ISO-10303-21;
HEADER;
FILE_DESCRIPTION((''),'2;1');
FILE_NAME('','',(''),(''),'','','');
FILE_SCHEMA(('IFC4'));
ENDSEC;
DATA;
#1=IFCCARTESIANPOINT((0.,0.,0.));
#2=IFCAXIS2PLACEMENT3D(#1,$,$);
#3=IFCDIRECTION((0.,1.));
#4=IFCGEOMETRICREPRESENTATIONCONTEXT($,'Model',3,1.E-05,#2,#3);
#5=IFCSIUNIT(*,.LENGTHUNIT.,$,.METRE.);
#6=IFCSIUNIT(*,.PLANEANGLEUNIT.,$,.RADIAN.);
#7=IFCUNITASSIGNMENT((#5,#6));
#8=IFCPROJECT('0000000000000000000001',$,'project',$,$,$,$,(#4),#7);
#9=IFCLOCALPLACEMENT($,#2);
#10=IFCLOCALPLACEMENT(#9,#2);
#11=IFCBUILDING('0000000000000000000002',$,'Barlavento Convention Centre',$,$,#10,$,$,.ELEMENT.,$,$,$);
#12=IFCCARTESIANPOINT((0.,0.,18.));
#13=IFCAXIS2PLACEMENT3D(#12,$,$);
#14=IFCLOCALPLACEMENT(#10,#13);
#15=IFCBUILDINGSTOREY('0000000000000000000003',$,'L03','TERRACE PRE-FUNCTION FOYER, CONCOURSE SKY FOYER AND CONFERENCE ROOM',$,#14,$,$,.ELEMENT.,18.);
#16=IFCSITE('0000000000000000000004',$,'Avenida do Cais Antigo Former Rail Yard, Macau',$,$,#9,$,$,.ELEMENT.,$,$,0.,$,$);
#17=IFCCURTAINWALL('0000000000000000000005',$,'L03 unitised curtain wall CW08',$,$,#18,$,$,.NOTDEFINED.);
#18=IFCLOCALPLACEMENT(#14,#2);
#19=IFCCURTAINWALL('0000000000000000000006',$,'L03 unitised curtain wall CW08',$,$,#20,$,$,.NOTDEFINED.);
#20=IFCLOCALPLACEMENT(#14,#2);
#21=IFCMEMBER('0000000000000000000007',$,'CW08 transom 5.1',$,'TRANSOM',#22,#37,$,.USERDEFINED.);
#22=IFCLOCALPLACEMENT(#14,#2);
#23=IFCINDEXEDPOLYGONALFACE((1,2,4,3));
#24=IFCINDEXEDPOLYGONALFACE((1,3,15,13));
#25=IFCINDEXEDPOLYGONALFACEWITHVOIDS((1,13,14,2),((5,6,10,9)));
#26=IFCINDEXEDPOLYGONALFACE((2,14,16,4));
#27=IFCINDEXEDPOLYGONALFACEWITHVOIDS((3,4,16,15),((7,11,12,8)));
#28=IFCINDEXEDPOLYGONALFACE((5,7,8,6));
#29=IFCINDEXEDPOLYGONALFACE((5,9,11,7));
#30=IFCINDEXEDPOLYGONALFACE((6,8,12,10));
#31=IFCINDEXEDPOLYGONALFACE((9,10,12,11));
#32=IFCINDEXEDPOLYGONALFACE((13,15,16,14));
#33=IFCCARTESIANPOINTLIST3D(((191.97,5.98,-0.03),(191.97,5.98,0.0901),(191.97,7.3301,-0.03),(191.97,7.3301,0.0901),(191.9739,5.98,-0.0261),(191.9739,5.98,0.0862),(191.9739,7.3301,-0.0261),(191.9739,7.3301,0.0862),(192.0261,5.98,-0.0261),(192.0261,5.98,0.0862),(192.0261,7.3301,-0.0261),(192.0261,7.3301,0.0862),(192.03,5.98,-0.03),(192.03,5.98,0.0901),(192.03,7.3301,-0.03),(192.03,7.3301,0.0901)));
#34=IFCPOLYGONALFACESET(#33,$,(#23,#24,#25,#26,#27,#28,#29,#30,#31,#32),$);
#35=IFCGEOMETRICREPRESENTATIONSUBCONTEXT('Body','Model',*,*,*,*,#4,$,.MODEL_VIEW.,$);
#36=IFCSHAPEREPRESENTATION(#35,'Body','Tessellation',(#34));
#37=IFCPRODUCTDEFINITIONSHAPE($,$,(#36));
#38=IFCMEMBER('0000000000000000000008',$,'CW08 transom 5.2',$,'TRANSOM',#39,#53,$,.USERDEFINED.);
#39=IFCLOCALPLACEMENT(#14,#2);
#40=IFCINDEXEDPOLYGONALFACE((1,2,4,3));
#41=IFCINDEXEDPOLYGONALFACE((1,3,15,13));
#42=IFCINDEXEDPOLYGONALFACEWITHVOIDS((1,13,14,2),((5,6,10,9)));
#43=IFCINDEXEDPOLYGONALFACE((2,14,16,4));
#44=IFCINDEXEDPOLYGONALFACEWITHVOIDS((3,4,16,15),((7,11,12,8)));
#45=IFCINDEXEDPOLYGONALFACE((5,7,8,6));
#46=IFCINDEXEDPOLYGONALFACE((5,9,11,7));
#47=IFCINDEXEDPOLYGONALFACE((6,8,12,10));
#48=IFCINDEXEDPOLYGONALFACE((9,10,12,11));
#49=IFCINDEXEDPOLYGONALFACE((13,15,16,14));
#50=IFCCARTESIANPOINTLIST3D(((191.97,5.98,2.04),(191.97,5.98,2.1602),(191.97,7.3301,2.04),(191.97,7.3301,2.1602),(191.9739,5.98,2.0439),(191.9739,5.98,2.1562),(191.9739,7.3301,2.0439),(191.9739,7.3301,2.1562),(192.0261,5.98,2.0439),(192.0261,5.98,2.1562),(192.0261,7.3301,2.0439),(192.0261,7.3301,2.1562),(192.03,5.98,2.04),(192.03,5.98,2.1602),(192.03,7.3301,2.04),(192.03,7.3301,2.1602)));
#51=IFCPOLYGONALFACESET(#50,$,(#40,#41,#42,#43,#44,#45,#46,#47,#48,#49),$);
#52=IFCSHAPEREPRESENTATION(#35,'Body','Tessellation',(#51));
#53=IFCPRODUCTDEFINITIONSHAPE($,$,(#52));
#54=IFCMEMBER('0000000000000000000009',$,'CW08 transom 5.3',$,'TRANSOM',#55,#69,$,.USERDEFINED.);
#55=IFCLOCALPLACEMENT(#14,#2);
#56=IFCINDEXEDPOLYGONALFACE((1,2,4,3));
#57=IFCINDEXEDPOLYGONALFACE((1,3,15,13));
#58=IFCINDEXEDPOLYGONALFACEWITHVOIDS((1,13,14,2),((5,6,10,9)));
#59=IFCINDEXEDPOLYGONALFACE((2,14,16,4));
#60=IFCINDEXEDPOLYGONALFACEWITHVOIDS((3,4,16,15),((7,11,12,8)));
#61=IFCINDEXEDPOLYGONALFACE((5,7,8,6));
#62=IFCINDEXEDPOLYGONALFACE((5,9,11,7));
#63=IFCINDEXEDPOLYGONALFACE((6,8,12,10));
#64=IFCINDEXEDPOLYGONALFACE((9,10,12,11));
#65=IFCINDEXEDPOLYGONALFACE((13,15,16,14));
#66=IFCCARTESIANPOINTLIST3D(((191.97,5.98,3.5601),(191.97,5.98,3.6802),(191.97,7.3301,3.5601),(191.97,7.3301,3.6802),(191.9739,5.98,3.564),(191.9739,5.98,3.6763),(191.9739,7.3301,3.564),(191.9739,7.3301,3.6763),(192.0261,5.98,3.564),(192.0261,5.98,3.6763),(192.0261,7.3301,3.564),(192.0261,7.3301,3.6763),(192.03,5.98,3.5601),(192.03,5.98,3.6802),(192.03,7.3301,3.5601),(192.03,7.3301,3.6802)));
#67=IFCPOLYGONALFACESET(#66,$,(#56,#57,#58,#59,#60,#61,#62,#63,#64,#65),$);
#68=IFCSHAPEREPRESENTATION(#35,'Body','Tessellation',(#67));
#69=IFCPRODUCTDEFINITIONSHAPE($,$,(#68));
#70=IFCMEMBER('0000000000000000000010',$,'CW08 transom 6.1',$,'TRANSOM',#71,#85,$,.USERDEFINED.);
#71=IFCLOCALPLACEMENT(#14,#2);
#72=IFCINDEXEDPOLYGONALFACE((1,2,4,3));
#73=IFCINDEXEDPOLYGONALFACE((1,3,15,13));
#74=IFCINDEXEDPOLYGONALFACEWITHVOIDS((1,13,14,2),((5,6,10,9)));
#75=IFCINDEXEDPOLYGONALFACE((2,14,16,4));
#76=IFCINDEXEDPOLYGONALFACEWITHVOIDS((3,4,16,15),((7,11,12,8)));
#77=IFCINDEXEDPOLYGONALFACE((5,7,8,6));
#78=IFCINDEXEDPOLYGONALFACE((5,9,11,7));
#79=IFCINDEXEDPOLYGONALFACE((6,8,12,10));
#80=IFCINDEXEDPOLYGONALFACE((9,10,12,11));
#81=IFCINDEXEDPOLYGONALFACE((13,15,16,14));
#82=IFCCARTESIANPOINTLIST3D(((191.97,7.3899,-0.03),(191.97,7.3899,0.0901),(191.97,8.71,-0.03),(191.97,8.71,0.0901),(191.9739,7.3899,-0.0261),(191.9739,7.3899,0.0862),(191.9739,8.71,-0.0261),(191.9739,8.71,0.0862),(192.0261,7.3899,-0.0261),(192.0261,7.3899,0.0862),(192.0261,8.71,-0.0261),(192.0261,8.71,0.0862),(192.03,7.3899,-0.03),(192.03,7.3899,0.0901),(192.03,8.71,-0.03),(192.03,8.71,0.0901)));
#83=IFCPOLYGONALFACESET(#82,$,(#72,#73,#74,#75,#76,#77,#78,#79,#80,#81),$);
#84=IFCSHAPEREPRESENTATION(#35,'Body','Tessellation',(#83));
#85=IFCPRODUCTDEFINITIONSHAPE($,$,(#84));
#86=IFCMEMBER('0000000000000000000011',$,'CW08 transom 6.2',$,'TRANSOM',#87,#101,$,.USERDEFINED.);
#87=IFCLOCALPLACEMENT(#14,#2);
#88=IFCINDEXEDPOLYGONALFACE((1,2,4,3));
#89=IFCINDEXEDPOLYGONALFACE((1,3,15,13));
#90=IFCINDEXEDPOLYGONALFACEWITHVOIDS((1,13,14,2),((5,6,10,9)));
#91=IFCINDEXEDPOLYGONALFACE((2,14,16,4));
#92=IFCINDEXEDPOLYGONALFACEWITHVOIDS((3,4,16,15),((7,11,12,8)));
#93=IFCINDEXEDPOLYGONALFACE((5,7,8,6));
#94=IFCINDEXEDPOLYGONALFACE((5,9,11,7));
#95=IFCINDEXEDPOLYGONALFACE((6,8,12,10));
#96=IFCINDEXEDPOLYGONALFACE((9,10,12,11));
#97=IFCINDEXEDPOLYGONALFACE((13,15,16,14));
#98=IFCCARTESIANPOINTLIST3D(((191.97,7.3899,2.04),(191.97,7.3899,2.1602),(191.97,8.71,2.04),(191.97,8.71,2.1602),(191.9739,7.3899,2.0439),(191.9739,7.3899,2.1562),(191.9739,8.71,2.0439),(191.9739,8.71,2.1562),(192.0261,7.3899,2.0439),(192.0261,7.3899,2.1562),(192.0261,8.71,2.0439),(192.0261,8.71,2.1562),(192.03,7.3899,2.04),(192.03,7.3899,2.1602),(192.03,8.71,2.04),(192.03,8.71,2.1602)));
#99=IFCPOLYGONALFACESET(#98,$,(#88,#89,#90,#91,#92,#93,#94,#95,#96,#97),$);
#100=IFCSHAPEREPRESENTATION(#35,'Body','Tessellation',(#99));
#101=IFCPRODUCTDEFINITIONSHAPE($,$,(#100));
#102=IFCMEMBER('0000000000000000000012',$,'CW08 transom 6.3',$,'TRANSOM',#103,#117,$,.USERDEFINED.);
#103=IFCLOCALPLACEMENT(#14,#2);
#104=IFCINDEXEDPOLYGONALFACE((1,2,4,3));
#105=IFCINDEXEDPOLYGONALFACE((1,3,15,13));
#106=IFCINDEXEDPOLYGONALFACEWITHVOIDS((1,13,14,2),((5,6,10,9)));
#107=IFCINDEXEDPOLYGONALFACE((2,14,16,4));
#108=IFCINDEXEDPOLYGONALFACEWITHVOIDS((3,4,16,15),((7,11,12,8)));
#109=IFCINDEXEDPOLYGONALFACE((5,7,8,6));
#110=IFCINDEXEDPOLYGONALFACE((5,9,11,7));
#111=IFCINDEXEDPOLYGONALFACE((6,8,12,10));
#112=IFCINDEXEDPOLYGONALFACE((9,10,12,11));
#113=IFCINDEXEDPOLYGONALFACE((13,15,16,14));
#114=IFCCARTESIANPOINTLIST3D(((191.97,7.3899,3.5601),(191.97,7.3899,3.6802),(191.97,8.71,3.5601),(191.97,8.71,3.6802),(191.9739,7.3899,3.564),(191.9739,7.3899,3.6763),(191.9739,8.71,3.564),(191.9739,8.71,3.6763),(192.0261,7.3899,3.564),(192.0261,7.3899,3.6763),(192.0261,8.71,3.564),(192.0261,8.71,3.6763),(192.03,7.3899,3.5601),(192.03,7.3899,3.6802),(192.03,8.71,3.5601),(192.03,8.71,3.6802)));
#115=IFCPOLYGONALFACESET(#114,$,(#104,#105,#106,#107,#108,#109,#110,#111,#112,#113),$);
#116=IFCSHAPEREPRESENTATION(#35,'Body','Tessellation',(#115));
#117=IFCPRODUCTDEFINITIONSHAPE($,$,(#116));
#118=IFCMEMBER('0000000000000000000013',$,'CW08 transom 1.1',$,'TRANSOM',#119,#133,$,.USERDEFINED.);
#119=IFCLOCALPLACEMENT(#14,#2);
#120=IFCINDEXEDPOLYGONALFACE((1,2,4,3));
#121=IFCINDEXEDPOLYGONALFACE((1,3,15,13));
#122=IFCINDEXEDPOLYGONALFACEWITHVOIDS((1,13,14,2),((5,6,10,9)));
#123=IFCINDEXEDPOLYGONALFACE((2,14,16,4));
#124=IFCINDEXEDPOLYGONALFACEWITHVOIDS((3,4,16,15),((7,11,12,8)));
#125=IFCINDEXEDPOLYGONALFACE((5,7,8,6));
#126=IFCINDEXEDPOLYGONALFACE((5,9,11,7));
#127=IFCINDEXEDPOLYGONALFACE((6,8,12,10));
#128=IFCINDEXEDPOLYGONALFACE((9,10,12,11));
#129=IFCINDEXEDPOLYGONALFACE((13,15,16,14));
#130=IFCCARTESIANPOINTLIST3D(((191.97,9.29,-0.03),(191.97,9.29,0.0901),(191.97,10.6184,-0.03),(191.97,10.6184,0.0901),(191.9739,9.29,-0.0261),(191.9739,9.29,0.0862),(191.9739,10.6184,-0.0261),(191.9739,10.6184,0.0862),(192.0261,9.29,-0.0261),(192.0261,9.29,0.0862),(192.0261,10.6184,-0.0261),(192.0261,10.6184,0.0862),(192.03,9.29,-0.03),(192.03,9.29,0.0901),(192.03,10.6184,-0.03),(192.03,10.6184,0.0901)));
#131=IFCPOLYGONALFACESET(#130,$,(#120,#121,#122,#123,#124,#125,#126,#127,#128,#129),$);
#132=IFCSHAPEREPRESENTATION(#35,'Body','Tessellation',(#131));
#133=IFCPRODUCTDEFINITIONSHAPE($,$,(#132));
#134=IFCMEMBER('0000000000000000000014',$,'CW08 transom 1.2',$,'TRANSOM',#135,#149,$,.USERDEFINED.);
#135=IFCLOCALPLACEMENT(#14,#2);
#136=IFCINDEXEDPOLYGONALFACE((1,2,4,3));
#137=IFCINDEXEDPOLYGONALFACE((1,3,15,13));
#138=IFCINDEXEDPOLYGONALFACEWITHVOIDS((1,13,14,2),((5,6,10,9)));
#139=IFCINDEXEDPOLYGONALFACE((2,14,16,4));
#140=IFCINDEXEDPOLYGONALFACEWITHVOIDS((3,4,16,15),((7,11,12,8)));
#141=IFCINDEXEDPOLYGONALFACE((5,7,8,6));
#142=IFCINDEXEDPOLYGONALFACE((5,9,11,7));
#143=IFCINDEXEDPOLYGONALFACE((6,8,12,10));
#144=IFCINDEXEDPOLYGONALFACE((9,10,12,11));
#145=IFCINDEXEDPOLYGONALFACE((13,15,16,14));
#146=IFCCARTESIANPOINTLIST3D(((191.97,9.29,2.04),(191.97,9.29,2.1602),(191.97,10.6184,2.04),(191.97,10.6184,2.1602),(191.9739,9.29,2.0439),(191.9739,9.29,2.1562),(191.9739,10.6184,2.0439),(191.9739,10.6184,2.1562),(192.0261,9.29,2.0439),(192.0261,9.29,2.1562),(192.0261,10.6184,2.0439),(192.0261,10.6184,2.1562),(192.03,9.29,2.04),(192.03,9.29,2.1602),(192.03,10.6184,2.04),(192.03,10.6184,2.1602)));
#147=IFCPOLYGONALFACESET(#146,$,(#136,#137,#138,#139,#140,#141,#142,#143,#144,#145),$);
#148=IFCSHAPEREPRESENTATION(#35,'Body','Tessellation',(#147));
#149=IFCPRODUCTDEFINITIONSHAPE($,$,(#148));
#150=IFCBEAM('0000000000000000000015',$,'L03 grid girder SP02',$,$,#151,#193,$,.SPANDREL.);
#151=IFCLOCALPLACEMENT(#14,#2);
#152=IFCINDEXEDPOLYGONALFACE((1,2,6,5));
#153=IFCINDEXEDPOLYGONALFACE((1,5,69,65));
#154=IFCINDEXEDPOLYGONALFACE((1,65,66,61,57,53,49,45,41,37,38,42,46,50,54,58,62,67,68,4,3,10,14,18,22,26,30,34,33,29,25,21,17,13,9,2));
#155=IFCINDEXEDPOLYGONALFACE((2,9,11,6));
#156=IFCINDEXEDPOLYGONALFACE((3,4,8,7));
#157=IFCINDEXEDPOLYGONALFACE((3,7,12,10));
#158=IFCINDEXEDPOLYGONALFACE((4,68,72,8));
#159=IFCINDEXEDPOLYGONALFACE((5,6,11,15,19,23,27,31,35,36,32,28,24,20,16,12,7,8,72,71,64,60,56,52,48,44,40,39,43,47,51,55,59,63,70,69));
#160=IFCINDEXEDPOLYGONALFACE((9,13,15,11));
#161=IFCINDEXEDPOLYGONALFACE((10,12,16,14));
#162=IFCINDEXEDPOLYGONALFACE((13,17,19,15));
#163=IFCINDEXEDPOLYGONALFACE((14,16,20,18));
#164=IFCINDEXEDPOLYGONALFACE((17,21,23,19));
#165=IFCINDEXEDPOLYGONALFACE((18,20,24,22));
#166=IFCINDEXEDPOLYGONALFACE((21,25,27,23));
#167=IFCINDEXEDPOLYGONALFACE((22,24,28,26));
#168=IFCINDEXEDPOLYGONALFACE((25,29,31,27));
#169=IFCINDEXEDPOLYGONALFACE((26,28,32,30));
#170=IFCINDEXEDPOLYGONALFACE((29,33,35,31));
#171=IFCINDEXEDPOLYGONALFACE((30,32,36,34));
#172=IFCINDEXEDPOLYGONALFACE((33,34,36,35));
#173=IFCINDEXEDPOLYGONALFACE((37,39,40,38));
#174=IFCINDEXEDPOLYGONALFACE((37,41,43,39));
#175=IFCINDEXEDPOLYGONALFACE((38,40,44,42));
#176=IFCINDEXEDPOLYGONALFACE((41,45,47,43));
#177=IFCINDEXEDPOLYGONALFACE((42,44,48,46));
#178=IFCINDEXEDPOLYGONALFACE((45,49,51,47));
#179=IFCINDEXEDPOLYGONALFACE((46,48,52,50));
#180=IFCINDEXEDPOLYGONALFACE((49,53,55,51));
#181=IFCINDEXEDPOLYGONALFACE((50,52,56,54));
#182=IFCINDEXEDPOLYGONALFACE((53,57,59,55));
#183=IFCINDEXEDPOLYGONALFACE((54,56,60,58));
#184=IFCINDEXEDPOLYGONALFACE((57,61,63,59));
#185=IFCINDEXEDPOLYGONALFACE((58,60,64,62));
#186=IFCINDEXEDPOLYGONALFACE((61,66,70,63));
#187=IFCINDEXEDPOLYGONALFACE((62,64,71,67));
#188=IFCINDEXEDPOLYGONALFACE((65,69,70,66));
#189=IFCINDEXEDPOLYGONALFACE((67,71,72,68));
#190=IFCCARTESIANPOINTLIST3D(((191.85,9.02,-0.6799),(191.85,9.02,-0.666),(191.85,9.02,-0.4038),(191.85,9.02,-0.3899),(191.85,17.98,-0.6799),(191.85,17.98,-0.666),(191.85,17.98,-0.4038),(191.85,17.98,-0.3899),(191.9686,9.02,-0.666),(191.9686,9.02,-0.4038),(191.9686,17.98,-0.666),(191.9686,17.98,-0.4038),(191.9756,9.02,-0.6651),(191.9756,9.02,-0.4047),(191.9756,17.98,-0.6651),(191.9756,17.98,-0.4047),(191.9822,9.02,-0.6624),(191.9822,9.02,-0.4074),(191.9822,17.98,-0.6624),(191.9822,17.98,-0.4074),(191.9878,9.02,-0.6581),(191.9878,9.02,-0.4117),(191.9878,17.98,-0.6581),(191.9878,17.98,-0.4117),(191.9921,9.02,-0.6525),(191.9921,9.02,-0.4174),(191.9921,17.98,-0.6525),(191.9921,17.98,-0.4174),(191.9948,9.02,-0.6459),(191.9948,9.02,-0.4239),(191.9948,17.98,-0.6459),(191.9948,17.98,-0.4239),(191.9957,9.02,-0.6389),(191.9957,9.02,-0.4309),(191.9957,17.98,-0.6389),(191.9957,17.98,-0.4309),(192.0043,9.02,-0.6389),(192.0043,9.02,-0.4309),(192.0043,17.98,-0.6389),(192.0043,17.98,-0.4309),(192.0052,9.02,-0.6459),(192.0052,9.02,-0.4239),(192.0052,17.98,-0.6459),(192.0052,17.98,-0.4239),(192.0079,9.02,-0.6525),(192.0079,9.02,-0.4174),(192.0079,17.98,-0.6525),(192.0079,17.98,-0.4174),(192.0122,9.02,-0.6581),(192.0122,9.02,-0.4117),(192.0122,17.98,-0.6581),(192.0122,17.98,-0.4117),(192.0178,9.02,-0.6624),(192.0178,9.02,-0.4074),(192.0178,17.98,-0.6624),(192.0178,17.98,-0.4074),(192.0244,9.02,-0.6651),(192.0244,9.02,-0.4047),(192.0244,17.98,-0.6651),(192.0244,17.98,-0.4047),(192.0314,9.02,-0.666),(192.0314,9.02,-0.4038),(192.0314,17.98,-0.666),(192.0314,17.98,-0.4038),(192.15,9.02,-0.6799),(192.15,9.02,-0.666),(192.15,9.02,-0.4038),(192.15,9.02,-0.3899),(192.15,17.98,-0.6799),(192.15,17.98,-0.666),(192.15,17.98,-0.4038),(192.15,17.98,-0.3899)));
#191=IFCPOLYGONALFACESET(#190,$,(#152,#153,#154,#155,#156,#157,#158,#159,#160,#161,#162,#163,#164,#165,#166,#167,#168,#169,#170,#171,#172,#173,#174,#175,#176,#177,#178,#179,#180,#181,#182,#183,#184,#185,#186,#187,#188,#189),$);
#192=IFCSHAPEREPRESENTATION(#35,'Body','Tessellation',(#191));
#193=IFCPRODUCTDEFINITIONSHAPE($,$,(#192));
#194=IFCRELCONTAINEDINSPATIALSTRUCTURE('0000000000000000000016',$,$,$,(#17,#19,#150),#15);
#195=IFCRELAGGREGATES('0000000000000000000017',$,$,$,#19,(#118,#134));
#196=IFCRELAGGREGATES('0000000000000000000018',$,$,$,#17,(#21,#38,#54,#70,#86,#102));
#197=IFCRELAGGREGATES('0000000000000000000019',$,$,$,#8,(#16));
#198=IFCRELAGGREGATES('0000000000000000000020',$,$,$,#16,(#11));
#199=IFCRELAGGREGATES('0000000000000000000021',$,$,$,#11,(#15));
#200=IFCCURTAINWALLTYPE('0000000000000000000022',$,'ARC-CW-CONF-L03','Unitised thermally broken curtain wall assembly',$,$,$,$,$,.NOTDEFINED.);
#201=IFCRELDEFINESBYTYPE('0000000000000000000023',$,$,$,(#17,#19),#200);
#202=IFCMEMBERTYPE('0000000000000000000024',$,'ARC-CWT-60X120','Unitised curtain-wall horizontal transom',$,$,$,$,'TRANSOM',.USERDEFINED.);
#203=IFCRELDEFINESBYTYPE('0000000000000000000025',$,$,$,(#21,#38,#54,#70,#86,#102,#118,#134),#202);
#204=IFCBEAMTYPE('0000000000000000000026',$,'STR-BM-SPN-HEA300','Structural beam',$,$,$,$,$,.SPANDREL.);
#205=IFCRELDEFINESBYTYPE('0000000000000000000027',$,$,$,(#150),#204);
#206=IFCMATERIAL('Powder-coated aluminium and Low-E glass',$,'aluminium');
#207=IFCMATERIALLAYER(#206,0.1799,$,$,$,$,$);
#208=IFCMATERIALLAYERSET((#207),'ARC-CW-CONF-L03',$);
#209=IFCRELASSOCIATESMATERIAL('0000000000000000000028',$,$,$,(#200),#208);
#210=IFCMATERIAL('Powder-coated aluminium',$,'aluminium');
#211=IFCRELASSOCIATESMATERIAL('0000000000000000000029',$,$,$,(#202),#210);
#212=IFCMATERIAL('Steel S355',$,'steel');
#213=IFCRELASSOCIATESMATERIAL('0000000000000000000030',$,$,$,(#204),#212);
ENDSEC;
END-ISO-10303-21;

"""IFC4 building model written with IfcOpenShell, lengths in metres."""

from ifc_helpers import new_model, si_unit, direction, frame, origin, origin_2d, place, context, subcontext, project, spatial, hollow_rectangle, i_section, extrude, material, layer, layer_set, material_profile, profile_set, type_object, element, aggregate, save


model = new_model("IFC4")

# Units and contexts
model_context = context("Model", 3, precision=1e-05, world=origin(), true_north=direction((0.0, 1.0)))
body_context = subcontext(model_context, "Body", "Model", "MODEL_VIEW")
ifc_project = project(units=[si_unit("LENGTHUNIT", "METRE"), si_unit("PLANEANGLEUNIT", "RADIAN")], contexts=[model_context])

# Site, building, storey
site_placement = place(None, origin())
site = spatial("IfcSite", under=ifc_project, at=site_placement, Name="Avenida do Cais Antigo Former Rail Yard, Macau", CompositionType="ELEMENT", RefElevation=0.0)
building_placement = place(site_placement, origin())
building = spatial("IfcBuilding", under=site, at=building_placement, Name="Barlavento Convention Centre", CompositionType="ELEMENT")
storey_placement = place(building_placement, frame((0.0, 0.0, 18.0)))
storey = spatial("IfcBuildingStorey", under=building, at=storey_placement, Name="L03", Description="TERRACE PRE-FUNCTION FOYER, CONCOURSE SKY FOYER AND CONFERENCE ROOM", CompositionType="ELEMENT", Elevation=18.0)

# Shared definitions
ifc_material_1 = material(Name="Steel S355", Category="steel")

# Curtain wall
ifc_material_2 = material(Name="Powder-coated aluminium and Low-E glass", Category="aluminium")
ifc_layer_1 = layer(ifc_material_2, 0.1799)
ifc_layer_set_1 = layer_set([ifc_layer_1], Name="ARC-CW-CONF-L03")
curtain_wall_type = type_object("IfcCurtainWallType", Name="ARC-CW-CONF-L03", Description="Unitised thermally broken curtain wall assembly", PredefinedType="NOTDEFINED", material=ifc_layer_set_1)
curtain_wall_1_placement = place(storey_placement, origin())
curtain_wall_1 = element("IfcCurtainWall", 1, at=curtain_wall_1_placement, inside=storey, type_object=curtain_wall_type, Name="L03 unitised curtain wall CW08", PredefinedType="NOTDEFINED")
ifc_material_3 = material(Name="Powder-coated aluminium", Category="aluminium")

# Curtain wall
curtain_wall_2_placement = place(storey_placement, origin())
curtain_wall_2 = element("IfcCurtainWall", 2, at=curtain_wall_2_placement, inside=storey, type_object=curtain_wall_type, Name="L03 unitised curtain wall CW08", PredefinedType="NOTDEFINED")

# Members
ifc_material_profile_1 = material_profile(ifc_material_3, hollow_rectangle(XDim=0.0601, YDim=0.1201, WallThickness=0.0039, at=origin_2d()), Name="AL-TRAN 60x120x4")
ifc_profile_set_1 = profile_set([ifc_material_profile_1], Name="Powder-coated aluminium")
member_type_1 = type_object("IfcMemberType", Name="ARC-CWT-60X120", Description="Unitised curtain-wall horizontal transom", ElementType="TRANSOM", PredefinedType="USERDEFINED", material=ifc_profile_set_1)
member_1_placement = place(storey_placement, frame((192.0, 5.98, 0.03), z_axis=(0.0, 1.0, 0.0), x_axis=(-1.0, 0.0, 0.0)))
member_1 = element("IfcMember", 3, at=member_1_placement, type_object=member_type_1, Name="CW08 transom 5.1", ObjectType="TRANSOM", PredefinedType="USERDEFINED", context=body_context, shape_type="SweptSolid", body=[
    extrude(hollow_rectangle(XDim=0.0601, YDim=0.1201, WallThickness=0.0039, at=origin_2d()), origin(), (0.0, 0.0, 1.0), 1.3501),
])
member_2_placement = place(storey_placement, frame((192.0, 5.98, 2.1001), z_axis=(0.0, 1.0, 0.0), x_axis=(-1.0, 0.0, 0.0)))
member_2 = element("IfcMember", 4, at=member_2_placement, type_object=member_type_1, Name="CW08 transom 5.2", ObjectType="TRANSOM", PredefinedType="USERDEFINED", context=body_context, shape_type="SweptSolid", body=[
    extrude(hollow_rectangle(XDim=0.0601, YDim=0.1201, WallThickness=0.0039, at=origin_2d()), origin(), (0.0, 0.0, 1.0), 1.3501),
])
member_3_placement = place(storey_placement, frame((192.0, 5.98, 3.6201), z_axis=(0.0, 1.0, 0.0), x_axis=(-1.0, 0.0, 0.0)))
member_3 = element("IfcMember", 5, at=member_3_placement, type_object=member_type_1, Name="CW08 transom 5.3", ObjectType="TRANSOM", PredefinedType="USERDEFINED", context=body_context, shape_type="SweptSolid", body=[
    extrude(hollow_rectangle(XDim=0.0601, YDim=0.1201, WallThickness=0.0039, at=origin_2d()), origin(), (0.0, 0.0, 1.0), 1.3501),
])
member_4_placement = place(storey_placement, frame((192.0, 7.3899, 0.03), z_axis=(0.0, 1.0, 0.0), x_axis=(-1.0, 0.0, 0.0)))
member_4 = element("IfcMember", 6, at=member_4_placement, type_object=member_type_1, Name="CW08 transom 6.1", ObjectType="TRANSOM", PredefinedType="USERDEFINED", context=body_context, shape_type="SweptSolid", body=[
    extrude(hollow_rectangle(XDim=0.0601, YDim=0.1201, WallThickness=0.0039, at=origin_2d()), origin(), (0.0, 0.0, 1.0), 1.3201),
])
member_5_placement = place(storey_placement, frame((192.0, 7.3899, 2.1001), z_axis=(0.0, 1.0, 0.0), x_axis=(-1.0, 0.0, 0.0)))
member_5 = element("IfcMember", 7, at=member_5_placement, type_object=member_type_1, Name="CW08 transom 6.2", ObjectType="TRANSOM", PredefinedType="USERDEFINED", context=body_context, shape_type="SweptSolid", body=[
    extrude(hollow_rectangle(XDim=0.0601, YDim=0.1201, WallThickness=0.0039, at=origin_2d()), origin(), (0.0, 0.0, 1.0), 1.3201),
])
member_6_placement = place(storey_placement, frame((192.0, 7.3899, 3.6201), z_axis=(0.0, 1.0, 0.0), x_axis=(-1.0, 0.0, 0.0)))
member_6 = element("IfcMember", 8, at=member_6_placement, type_object=member_type_1, Name="CW08 transom 6.3", ObjectType="TRANSOM", PredefinedType="USERDEFINED", context=body_context, shape_type="SweptSolid", body=[
    extrude(hollow_rectangle(XDim=0.0601, YDim=0.1201, WallThickness=0.0039, at=origin_2d()), origin(), (0.0, 0.0, 1.0), 1.3201),
])
member_7_placement = place(storey_placement, frame((192.0, 9.29, 0.03), z_axis=(0.0, 1.0, 0.0), x_axis=(-1.0, 0.0, 0.0)))
member_7 = element("IfcMember", 9, at=member_7_placement, type_object=member_type_1, Name="CW08 transom 1.1", ObjectType="TRANSOM", PredefinedType="USERDEFINED", context=body_context, shape_type="SweptSolid", body=[
    extrude(hollow_rectangle(XDim=0.0601, YDim=0.1201, WallThickness=0.0039, at=origin_2d()), origin(), (0.0, 0.0, 1.0), 1.3284),
])
member_8_placement = place(storey_placement, frame((192.0, 9.29, 2.1001), z_axis=(0.0, 1.0, 0.0), x_axis=(-1.0, 0.0, 0.0)))
member_8 = element("IfcMember", 10, at=member_8_placement, type_object=member_type_1, Name="CW08 transom 1.2", ObjectType="TRANSOM", PredefinedType="USERDEFINED", context=body_context, shape_type="SweptSolid", body=[
    extrude(hollow_rectangle(XDim=0.0601, YDim=0.1201, WallThickness=0.0039, at=origin_2d()), origin(), (0.0, 0.0, 1.0), 1.3284),
])
aggregate(curtain_wall_2, [member_7, member_8])

# Beam
ifc_material_profile_2 = material_profile(ifc_material_1, i_section(OverallWidth=0.3, OverallDepth=0.29, WebThickness=0.0085, FlangeThickness=0.0139, FilletRadius=0.0271, at=origin_2d()), Name="HEA 300")
ifc_profile_set_2 = profile_set([ifc_material_profile_2], Name="Steel S355")
beam_type = type_object("IfcBeamType", Name="STR-BM-SPN-HEA300", Description="Structural beam", PredefinedType="SPANDREL", material=ifc_profile_set_2)
beam_placement = place(storey_placement, frame((192.0, 9.02, -0.5349), z_axis=(0.0, 1.0, 0.0), x_axis=(-1.0, 0.0, 0.0)))
element("IfcBeam", 11, at=beam_placement, inside=storey, type_object=beam_type, Name="L03 grid girder SP02", PredefinedType="SPANDREL", context=body_context, shape_type="SweptSolid", body=[
    extrude(i_section(OverallWidth=0.3, OverallDepth=0.29, WebThickness=0.0085, FlangeThickness=0.0139, FilletRadius=0.0271, at=origin_2d()), origin(), (0.0, 0.0, 1.0), 8.96),
])

aggregate(curtain_wall_1, [member_1, member_2, member_3, member_4, member_5, member_6])

save(model, "model.ifc")
